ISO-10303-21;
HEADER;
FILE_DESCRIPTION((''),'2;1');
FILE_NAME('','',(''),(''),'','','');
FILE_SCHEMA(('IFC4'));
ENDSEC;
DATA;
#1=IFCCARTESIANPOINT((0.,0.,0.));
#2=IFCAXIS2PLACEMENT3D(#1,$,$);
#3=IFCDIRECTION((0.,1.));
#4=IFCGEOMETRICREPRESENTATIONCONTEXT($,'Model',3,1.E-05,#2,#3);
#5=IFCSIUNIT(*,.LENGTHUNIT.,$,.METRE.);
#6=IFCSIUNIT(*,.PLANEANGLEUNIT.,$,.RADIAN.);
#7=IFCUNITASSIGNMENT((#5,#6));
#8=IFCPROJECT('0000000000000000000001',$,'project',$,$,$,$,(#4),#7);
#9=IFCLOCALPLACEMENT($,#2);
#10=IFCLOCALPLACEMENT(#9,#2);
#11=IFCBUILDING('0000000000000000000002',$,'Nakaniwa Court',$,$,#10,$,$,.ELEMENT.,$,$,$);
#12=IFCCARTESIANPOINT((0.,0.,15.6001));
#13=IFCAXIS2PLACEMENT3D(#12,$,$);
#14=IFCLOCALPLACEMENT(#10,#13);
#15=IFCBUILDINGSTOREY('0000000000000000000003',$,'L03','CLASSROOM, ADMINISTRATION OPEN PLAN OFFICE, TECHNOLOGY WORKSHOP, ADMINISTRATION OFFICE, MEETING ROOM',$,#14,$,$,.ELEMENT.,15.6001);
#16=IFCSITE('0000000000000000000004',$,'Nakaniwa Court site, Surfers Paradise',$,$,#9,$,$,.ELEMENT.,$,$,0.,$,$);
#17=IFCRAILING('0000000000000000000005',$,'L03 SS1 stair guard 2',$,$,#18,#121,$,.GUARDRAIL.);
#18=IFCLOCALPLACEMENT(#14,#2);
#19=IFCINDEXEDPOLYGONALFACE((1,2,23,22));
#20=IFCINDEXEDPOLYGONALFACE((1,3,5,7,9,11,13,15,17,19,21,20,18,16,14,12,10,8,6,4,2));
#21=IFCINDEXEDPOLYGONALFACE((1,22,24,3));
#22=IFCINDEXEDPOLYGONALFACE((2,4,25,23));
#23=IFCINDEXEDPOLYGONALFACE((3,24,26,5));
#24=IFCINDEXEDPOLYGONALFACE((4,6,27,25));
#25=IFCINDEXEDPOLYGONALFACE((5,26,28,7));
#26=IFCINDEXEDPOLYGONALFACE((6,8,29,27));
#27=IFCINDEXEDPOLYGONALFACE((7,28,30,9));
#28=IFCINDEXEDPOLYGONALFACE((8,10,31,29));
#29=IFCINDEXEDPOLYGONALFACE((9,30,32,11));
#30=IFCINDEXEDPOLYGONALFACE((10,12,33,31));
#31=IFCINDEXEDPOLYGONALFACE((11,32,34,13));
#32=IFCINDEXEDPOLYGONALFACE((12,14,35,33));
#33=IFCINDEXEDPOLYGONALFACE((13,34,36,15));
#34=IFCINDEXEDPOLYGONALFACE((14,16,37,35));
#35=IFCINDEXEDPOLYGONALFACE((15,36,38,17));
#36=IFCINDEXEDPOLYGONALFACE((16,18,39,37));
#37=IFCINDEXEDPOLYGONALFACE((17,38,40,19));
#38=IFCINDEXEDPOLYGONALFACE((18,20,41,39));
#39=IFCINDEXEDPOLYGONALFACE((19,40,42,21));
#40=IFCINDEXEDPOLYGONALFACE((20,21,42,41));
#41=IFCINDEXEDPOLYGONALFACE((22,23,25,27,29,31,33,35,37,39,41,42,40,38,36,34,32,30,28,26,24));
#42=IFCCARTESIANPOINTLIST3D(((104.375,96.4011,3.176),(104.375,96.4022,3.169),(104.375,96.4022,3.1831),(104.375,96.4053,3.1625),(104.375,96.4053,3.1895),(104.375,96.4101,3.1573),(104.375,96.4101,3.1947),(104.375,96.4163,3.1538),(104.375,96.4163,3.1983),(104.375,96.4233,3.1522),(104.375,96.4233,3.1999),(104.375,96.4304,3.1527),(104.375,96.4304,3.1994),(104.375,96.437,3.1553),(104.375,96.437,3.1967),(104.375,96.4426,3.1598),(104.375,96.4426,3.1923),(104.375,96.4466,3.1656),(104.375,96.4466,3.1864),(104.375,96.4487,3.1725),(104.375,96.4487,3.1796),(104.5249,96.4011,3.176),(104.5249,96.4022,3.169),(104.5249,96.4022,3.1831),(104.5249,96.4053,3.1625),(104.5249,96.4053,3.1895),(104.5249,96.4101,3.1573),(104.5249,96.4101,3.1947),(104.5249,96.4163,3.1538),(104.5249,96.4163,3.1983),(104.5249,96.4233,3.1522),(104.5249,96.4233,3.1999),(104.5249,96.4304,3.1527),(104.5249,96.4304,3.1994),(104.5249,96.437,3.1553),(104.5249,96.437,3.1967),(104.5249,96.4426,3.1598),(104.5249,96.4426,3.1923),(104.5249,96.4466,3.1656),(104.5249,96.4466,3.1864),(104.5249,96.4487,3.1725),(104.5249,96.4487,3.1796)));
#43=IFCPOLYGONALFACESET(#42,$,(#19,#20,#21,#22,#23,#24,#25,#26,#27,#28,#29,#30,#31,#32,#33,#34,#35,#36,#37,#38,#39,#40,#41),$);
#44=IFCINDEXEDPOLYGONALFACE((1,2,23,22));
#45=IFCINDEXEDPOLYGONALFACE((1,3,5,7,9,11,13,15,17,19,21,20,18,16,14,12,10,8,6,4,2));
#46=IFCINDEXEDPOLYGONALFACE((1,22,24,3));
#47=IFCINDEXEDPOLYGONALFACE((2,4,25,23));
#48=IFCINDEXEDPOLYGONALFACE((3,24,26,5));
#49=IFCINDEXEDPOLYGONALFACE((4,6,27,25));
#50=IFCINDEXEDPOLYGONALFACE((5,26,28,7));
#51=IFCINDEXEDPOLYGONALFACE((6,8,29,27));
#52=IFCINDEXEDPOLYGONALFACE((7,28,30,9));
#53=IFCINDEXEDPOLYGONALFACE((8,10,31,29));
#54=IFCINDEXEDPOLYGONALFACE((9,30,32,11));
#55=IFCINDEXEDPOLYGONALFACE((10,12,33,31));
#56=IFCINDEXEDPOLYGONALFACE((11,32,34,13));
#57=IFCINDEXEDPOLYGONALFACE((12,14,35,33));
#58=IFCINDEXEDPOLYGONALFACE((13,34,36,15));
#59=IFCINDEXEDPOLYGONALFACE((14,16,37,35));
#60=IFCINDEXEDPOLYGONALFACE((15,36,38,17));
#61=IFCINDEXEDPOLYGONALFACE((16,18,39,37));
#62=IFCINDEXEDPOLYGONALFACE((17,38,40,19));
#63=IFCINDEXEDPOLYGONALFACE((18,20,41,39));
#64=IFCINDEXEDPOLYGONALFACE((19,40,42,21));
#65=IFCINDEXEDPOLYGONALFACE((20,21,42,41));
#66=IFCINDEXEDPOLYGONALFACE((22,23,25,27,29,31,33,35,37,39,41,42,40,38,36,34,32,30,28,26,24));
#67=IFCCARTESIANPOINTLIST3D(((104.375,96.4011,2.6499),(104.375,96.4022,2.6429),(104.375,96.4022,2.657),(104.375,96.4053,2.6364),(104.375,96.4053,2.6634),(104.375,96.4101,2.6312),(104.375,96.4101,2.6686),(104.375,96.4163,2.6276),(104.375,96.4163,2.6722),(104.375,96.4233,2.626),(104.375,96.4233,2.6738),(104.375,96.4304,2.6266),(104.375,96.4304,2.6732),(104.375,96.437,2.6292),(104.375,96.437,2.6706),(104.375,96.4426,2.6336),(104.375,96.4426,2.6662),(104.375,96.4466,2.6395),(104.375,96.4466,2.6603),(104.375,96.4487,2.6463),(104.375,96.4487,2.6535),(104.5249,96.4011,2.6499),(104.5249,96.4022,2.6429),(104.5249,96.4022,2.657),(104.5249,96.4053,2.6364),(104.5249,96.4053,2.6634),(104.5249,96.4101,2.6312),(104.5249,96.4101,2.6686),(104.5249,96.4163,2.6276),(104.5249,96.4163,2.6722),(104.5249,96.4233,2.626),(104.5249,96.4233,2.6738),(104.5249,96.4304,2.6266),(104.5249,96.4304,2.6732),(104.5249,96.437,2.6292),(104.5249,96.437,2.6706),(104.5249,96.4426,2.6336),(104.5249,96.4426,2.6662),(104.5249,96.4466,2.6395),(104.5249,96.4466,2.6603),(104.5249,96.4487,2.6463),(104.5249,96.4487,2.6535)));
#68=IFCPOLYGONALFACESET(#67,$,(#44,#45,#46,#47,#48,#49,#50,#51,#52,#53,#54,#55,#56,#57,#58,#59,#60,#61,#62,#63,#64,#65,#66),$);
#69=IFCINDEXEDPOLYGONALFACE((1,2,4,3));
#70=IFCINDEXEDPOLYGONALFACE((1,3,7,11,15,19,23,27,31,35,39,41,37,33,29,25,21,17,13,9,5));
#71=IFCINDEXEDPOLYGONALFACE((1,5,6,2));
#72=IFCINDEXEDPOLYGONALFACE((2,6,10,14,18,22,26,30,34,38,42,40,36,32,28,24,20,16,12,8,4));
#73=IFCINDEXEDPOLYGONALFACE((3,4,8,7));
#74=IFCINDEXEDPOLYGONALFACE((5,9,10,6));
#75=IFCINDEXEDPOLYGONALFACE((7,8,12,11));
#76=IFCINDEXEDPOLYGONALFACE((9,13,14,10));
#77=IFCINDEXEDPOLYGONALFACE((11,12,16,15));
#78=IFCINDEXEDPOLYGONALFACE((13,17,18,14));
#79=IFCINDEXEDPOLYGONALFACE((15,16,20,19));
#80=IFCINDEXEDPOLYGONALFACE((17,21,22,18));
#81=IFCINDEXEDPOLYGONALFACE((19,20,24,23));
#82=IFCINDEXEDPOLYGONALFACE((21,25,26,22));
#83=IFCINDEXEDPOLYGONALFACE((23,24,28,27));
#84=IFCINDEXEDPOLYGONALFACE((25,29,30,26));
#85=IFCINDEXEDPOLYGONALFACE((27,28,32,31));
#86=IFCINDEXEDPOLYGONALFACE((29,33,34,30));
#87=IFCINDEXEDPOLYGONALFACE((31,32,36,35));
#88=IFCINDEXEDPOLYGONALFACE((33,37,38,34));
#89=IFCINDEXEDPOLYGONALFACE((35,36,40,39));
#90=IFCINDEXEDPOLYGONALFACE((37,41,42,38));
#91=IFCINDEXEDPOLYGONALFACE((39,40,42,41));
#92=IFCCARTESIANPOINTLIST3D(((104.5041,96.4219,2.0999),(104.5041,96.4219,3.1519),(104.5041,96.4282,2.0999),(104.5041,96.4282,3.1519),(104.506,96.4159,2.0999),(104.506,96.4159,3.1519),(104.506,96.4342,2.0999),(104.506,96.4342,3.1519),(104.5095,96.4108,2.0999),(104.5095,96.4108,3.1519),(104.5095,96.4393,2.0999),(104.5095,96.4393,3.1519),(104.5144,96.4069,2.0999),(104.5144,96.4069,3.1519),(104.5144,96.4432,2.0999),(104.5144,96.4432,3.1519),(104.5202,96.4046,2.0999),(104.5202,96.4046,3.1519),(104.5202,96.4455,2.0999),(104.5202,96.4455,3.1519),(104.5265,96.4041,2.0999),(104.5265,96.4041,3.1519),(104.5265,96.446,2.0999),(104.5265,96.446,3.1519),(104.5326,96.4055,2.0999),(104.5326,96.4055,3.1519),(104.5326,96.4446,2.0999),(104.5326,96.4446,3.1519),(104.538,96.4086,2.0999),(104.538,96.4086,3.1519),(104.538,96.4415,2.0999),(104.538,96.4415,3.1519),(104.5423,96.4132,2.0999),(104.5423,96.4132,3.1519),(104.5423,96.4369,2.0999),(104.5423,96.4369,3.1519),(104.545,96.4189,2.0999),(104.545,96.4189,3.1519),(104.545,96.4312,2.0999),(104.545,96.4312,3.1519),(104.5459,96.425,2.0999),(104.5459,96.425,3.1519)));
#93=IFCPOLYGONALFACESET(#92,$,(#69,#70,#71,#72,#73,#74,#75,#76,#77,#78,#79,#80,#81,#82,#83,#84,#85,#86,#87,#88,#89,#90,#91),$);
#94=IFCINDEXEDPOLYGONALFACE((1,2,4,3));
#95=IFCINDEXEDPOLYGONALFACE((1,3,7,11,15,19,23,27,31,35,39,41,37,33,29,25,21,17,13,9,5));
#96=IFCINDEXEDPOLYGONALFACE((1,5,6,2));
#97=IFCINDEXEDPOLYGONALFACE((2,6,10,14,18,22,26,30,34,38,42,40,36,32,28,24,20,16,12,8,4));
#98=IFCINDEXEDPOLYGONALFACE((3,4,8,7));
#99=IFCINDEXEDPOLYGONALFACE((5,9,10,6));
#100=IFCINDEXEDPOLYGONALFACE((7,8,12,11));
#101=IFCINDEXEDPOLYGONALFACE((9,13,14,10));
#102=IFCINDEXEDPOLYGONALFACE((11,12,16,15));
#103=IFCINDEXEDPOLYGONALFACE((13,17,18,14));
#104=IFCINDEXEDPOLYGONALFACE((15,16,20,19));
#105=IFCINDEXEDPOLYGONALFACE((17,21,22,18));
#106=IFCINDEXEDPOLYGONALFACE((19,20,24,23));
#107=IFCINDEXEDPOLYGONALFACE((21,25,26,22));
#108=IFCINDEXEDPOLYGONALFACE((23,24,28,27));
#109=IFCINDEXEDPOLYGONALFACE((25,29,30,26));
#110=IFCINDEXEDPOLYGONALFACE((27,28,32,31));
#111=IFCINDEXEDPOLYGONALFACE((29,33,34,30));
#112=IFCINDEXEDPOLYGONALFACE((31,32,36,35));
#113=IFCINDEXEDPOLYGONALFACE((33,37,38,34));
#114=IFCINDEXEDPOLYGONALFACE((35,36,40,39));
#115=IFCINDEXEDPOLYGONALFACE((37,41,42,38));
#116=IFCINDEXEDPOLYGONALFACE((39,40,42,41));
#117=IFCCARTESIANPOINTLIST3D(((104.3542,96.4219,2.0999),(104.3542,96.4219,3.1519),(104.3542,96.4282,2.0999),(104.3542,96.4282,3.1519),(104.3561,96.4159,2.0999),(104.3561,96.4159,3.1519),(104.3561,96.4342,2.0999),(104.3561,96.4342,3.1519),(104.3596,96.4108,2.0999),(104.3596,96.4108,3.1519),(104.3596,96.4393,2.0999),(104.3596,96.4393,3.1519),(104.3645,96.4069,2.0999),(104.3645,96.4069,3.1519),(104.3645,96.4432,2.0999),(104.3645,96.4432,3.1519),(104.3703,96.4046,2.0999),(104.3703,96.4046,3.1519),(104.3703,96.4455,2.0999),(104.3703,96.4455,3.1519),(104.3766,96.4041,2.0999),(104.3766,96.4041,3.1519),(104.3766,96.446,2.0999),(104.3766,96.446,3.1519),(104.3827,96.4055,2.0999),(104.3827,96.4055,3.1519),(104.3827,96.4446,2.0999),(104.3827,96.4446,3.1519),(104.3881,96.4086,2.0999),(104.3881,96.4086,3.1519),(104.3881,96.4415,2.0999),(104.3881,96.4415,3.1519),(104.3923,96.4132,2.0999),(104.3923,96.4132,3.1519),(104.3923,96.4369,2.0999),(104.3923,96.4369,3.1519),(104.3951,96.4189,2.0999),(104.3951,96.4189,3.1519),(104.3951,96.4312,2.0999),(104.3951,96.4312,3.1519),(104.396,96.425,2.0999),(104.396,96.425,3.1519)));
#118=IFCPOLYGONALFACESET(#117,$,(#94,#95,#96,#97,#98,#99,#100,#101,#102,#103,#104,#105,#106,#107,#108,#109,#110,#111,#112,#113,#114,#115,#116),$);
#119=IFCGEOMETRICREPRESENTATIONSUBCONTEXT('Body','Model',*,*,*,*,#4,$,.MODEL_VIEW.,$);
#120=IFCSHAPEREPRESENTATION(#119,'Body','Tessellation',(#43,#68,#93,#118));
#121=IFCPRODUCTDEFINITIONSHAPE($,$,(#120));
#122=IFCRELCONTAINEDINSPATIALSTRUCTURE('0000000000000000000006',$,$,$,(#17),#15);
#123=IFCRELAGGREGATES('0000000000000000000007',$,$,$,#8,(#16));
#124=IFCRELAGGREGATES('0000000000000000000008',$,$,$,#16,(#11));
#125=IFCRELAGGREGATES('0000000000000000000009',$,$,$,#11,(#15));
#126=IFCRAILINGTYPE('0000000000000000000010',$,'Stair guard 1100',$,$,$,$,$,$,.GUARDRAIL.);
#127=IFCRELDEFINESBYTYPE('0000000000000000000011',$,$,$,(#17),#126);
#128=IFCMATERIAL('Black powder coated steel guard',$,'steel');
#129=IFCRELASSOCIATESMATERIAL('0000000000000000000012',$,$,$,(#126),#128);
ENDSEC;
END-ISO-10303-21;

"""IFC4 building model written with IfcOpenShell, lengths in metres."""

from ifc_helpers import new_model, si_unit, direction, frame, origin, origin_2d, place, context, subcontext, project, spatial, circle, extrude, material, type_object, element, save


model = new_model("IFC4")

# Units and contexts
model_context = context("Model", 3, precision=1e-05, world=origin(), true_north=direction((0.0, 1.0)))
body_context = subcontext(model_context, "Body", "Model", "MODEL_VIEW")
ifc_project = project(units=[si_unit("LENGTHUNIT", "METRE"), si_unit("PLANEANGLEUNIT", "RADIAN")], contexts=[model_context])

# Site, building, storey
site_placement = place(None, origin())
site = spatial("IfcSite", under=ifc_project, at=site_placement, Name="Nakaniwa Court site, Surfers Paradise", CompositionType="ELEMENT", RefElevation=0.0)
building_placement = place(site_placement, origin())
building = spatial("IfcBuilding", under=site, at=building_placement, Name="Nakaniwa Court", CompositionType="ELEMENT")
storey_placement = place(building_placement, frame((0.0, 0.0, 15.6001)))
storey = spatial("IfcBuildingStorey", under=building, at=storey_placement, Name="L03", Description="CLASSROOM, ADMINISTRATION OPEN PLAN OFFICE, TECHNOLOGY WORKSHOP, ADMINISTRATION OFFICE, MEETING ROOM", CompositionType="ELEMENT", Elevation=15.6001)

# Railing
ifc_material_1 = material(Name="Black powder coated steel guard", Category="steel")
railing_type_1 = type_object("IfcRailingType", Name="Stair guard 1100", PredefinedType="GUARDRAIL", material=ifc_material_1)
railing_1_placement = place(storey_placement, frame((104.5249, 96.425, 2.0999)))
element("IfcRailing", 1, at=railing_1_placement, inside=storey, type_object=railing_type_1, Name="L03 SS1 stair guard 2", PredefinedType="GUARDRAIL", context=body_context, shape_type="SweptSolid", body=[
    extrude(circle(Radius=0.0239, at=origin_2d()), frame((0.0, 0.0, 1.0762), z_axis=(-1.0, 0.0, 0.0), x_axis=(0.0, -1.0, 0.0)), (0.0, 0.0, 1.0), 0.1499),
    extrude(circle(Radius=0.0239, at=origin_2d()), frame((0.0, 0.0, 0.55), z_axis=(-1.0, 0.0, 0.0), x_axis=(0.0, -1.0, 0.0)), (0.0, 0.0, 1.0), 0.1499),
    extrude(circle(Radius=0.021, at=origin_2d()), origin(), (0.0, 0.0, 1.0), 1.052),
    extrude(circle(Radius=0.021, at=origin_2d()), frame((-0.1499, 0.0, 0.0)), (0.0, 0.0, 1.0), 1.052),
])

save(model, "model.ifc")
